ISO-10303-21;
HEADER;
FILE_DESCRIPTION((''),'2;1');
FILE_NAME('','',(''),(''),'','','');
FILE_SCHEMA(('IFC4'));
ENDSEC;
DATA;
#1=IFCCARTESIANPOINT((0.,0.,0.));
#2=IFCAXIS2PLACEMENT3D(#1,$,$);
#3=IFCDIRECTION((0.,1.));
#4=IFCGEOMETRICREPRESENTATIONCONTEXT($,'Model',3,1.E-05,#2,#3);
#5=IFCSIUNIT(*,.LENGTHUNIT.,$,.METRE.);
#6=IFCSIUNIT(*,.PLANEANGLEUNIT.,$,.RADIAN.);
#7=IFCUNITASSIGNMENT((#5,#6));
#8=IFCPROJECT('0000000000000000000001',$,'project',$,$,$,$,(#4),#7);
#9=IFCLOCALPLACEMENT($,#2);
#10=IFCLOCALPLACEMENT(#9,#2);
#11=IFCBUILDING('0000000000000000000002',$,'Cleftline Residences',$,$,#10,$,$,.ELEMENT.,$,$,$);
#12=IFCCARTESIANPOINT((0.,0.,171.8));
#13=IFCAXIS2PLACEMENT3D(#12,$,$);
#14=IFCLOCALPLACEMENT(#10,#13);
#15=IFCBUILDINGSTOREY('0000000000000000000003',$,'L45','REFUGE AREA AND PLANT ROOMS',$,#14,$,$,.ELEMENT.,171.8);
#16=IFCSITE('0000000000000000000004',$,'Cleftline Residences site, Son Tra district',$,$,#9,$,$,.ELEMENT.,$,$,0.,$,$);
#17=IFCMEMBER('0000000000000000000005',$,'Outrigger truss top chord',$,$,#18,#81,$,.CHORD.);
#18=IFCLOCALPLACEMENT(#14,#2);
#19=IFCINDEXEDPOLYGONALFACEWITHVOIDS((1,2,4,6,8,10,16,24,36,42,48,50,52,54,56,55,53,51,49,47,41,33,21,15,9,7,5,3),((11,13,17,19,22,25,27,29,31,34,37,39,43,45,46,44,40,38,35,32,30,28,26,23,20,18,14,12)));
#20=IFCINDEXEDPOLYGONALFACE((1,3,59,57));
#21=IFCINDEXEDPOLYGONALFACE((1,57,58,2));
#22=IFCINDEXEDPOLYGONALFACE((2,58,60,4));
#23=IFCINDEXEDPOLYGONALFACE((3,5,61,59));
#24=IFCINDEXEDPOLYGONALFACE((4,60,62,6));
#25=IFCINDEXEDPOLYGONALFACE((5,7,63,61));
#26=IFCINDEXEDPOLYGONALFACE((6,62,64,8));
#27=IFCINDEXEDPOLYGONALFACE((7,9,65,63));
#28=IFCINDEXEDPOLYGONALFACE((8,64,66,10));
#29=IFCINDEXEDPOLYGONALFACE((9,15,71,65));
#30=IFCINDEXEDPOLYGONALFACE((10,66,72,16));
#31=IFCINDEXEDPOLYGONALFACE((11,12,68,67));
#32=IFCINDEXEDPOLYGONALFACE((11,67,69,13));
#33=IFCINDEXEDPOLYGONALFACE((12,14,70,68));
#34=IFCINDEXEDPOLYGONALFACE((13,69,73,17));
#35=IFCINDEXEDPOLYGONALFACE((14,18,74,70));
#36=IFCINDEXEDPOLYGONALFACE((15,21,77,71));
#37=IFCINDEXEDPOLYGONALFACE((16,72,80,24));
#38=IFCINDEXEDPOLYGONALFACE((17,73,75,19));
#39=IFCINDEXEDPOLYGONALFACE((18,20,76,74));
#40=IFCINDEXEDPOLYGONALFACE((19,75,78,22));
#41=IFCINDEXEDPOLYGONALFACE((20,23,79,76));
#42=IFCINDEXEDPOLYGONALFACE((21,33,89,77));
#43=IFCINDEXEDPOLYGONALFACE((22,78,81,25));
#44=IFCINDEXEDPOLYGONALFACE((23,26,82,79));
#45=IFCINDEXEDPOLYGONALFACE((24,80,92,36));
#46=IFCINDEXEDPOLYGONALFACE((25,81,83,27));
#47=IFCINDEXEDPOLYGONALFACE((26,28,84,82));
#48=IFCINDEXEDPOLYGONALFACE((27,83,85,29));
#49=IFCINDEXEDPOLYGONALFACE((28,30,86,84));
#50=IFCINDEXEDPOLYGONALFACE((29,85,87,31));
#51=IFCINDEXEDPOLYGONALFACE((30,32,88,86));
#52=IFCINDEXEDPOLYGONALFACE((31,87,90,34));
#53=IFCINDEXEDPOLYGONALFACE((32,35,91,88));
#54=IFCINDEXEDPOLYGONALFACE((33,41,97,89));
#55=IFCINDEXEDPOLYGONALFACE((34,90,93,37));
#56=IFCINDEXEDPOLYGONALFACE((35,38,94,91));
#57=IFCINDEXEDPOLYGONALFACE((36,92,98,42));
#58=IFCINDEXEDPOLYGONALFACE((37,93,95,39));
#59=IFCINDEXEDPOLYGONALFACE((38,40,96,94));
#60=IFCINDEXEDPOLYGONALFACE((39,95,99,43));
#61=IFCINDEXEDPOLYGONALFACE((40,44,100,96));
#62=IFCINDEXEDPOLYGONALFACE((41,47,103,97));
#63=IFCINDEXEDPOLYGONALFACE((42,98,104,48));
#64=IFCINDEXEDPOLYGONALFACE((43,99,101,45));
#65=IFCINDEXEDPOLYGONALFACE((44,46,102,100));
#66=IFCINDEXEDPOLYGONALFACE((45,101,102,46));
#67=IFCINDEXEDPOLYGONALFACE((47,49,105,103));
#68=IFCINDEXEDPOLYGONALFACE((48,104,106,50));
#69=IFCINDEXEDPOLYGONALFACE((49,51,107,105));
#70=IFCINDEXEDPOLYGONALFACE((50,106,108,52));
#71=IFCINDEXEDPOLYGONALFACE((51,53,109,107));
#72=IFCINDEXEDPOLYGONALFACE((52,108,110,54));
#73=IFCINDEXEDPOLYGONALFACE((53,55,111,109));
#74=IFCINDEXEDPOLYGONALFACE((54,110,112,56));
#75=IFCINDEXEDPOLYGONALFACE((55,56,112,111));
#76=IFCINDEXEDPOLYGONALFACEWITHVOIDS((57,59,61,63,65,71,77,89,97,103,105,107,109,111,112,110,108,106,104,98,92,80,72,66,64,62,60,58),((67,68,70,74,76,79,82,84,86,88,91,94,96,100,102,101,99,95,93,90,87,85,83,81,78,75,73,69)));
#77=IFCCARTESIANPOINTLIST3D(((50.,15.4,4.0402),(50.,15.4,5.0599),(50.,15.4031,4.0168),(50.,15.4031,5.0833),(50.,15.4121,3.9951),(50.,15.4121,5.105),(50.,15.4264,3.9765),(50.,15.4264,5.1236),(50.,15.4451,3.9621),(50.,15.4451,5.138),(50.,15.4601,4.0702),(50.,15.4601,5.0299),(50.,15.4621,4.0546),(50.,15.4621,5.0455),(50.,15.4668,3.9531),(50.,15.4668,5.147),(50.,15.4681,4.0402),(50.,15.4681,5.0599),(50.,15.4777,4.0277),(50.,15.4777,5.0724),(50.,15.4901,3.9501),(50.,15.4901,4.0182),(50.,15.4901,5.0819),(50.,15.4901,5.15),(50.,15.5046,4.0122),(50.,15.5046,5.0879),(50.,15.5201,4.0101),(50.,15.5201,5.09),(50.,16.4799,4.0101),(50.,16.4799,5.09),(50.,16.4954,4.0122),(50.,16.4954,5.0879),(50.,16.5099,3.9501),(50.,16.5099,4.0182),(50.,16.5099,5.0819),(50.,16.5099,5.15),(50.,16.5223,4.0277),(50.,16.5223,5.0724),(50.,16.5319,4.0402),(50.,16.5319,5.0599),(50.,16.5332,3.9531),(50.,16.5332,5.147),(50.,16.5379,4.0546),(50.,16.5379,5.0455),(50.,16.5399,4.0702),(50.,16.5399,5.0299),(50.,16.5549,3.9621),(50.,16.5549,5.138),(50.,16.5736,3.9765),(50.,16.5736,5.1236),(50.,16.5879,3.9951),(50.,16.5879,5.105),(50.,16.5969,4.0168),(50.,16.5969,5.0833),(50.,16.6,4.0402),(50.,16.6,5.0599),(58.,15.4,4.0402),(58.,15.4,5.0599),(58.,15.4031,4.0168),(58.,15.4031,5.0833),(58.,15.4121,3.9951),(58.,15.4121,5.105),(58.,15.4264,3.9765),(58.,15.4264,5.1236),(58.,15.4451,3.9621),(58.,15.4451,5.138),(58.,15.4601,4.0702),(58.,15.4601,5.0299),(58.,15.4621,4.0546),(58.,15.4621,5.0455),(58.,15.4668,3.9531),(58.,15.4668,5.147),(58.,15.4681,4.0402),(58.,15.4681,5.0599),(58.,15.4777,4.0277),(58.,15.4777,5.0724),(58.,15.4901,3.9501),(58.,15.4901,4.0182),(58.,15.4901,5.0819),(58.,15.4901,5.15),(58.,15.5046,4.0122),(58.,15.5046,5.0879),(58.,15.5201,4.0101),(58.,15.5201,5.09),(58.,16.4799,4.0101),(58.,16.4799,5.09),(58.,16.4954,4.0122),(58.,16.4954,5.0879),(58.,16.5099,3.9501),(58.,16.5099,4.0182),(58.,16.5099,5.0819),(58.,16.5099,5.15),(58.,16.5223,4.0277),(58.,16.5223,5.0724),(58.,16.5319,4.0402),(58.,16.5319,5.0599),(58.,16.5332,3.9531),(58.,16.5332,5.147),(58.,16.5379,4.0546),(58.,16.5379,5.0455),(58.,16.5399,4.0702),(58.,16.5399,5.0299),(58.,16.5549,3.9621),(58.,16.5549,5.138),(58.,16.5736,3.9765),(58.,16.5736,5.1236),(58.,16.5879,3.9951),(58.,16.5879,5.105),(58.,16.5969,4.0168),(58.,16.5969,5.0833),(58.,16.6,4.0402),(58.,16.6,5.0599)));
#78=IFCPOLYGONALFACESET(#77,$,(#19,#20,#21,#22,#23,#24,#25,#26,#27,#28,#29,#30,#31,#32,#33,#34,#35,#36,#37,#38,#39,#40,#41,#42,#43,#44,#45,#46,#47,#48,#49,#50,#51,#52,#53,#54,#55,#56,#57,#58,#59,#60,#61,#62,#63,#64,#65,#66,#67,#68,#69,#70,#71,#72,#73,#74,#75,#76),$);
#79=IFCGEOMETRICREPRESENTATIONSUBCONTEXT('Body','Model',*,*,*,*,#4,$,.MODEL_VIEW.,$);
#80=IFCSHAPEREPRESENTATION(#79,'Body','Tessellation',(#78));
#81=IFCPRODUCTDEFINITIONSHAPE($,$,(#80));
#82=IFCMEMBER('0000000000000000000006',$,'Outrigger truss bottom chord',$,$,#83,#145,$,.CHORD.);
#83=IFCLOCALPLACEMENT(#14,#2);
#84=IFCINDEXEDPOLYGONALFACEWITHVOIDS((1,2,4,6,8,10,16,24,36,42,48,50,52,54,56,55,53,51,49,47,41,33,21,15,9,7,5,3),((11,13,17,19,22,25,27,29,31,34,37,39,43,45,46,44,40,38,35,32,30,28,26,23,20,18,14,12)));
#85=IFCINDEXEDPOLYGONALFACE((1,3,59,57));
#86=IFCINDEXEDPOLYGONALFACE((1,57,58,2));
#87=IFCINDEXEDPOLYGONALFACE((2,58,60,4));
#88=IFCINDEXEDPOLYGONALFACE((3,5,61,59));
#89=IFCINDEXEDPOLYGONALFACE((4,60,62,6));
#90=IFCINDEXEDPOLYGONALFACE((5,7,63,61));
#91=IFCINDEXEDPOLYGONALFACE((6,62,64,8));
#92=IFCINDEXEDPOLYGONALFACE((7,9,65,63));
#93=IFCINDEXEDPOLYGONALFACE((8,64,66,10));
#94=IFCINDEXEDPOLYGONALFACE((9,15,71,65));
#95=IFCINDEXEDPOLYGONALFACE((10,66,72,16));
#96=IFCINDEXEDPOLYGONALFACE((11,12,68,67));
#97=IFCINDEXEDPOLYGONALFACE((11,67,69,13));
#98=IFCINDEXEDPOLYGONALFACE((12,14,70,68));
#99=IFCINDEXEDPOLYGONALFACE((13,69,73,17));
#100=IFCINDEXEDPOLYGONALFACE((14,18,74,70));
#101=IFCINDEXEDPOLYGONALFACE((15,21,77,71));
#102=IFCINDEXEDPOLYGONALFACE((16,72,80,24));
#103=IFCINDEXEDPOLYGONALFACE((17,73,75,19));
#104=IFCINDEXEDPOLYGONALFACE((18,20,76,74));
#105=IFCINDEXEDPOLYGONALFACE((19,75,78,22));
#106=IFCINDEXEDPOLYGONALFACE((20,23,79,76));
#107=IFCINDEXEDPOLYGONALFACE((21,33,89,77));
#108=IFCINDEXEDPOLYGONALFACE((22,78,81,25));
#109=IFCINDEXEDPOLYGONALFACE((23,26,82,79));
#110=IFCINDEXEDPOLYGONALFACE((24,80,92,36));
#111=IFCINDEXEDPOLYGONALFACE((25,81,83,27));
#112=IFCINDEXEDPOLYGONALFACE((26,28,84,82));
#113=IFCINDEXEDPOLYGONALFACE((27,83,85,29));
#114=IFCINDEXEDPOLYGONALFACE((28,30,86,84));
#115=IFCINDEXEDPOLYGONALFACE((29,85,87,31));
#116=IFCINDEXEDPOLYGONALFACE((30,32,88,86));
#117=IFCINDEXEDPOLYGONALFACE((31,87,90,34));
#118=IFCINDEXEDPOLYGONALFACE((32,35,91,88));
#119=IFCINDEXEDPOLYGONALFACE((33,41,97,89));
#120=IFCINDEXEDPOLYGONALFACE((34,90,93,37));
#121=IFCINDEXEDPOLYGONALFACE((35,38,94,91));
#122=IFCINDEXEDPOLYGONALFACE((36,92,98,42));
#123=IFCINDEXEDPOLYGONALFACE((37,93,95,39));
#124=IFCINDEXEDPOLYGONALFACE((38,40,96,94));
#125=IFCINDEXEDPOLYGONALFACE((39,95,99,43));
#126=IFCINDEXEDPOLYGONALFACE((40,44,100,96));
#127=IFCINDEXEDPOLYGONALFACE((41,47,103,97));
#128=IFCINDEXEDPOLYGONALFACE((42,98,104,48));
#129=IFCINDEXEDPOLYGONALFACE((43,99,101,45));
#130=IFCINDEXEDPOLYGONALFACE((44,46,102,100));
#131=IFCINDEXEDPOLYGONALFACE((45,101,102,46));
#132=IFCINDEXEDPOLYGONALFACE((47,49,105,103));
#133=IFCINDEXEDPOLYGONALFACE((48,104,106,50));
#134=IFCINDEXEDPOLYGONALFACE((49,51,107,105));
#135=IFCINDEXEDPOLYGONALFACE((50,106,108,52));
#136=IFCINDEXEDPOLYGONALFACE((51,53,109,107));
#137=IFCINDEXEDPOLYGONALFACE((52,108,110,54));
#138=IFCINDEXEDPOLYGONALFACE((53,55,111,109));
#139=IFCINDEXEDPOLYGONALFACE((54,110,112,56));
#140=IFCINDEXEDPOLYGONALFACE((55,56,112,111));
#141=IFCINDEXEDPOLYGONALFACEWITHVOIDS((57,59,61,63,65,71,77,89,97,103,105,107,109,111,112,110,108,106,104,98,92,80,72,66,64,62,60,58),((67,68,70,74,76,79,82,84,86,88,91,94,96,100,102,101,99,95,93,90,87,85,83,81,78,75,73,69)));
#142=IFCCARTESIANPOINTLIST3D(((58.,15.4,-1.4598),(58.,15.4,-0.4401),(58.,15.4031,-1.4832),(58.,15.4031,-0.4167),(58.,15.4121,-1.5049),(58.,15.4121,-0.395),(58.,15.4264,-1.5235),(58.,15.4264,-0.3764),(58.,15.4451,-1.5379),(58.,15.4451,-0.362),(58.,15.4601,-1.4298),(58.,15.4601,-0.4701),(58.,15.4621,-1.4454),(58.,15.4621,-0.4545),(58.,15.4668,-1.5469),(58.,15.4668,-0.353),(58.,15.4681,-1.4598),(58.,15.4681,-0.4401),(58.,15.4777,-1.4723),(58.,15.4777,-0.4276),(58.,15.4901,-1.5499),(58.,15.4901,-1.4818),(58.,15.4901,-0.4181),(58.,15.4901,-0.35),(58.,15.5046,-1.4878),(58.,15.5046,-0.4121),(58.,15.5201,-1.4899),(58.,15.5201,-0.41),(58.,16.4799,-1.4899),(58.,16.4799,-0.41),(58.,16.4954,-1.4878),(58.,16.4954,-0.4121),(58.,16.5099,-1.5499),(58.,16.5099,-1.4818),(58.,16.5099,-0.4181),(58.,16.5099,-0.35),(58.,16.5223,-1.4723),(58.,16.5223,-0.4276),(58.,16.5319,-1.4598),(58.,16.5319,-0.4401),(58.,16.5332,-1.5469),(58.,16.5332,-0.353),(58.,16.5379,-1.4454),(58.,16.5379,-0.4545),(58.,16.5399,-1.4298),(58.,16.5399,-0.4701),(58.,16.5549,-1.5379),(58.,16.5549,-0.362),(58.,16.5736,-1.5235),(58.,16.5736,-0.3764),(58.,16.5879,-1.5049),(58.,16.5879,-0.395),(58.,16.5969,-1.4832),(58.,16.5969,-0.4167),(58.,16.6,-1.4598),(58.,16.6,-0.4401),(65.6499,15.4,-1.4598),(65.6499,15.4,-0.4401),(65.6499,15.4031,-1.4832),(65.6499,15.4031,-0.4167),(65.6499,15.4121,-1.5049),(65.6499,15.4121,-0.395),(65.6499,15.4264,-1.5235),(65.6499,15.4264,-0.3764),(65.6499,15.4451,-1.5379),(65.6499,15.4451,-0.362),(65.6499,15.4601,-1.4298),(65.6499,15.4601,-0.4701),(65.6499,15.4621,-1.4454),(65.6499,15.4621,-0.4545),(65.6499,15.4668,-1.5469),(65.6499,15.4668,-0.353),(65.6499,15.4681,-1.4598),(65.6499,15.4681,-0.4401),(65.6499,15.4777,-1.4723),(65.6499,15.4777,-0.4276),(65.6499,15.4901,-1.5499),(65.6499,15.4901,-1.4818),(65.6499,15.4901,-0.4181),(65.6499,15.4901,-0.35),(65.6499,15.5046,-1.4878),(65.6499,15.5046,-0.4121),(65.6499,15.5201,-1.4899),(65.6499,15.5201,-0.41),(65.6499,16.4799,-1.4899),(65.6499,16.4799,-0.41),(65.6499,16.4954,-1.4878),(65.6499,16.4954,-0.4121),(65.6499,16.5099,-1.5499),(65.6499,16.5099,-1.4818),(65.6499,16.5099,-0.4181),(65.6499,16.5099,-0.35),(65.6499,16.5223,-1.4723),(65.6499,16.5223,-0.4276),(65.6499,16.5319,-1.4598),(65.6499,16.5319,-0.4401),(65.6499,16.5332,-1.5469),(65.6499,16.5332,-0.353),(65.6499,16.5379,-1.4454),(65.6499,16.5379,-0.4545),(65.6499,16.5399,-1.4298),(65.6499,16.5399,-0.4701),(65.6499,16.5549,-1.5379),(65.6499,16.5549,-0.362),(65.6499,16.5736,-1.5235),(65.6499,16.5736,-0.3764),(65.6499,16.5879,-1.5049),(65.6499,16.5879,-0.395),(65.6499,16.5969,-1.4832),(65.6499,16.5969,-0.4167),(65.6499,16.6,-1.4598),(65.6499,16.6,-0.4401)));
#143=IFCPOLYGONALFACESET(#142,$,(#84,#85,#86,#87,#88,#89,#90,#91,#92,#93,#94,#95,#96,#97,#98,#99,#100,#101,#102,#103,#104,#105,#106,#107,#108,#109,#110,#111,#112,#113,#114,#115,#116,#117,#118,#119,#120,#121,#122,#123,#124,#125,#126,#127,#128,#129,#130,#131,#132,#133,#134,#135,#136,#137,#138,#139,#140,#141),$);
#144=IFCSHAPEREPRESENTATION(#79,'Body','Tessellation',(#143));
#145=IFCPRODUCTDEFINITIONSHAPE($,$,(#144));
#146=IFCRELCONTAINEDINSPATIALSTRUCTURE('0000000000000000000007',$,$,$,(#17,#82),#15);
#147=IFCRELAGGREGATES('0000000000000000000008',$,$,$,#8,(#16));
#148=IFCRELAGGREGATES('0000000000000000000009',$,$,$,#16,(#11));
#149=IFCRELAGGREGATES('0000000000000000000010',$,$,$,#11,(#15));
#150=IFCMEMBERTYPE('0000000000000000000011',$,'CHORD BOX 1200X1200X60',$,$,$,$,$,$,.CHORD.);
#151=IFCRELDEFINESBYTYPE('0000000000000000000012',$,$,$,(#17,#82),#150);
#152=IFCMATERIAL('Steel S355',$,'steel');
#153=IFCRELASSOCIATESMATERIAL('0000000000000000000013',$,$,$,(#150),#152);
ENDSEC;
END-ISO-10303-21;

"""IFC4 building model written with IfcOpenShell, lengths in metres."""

from ifc_helpers import new_model, si_unit, direction, frame, origin, origin_2d, place, context, subcontext, project, spatial, hollow_rectangle, extrude, material, material_profile, profile_set, type_object, element, save


model = new_model("IFC4")

# Units and contexts
model_context = context("Model", 3, precision=1e-05, world=origin(), true_north=direction((0.0, 1.0)))
body_context = subcontext(model_context, "Body", "Model", "MODEL_VIEW")
ifc_project = project(units=[si_unit("LENGTHUNIT", "METRE"), si_unit("PLANEANGLEUNIT", "RADIAN")], contexts=[model_context])

# Site, building, storey
site_placement = place(None, origin())
site = spatial("IfcSite", under=ifc_project, at=site_placement, Name="Cleftline Residences site, Son Tra district", CompositionType="ELEMENT", RefElevation=0.0)
building_placement = place(site_placement, origin())
building = spatial("IfcBuilding", under=site, at=building_placement, Name="Cleftline Residences", CompositionType="ELEMENT")
storey_placement = place(building_placement, frame((0.0, 0.0, 171.8)))
storey = spatial("IfcBuildingStorey", under=building, at=storey_placement, Name="L45", Description="REFUGE AREA AND PLANT ROOMS", CompositionType="ELEMENT", Elevation=171.8)

# Members
ifc_material_1 = material(Name="Steel S355", Category="steel")
ifc_material_profile_1 = material_profile(ifc_material_1, hollow_rectangle(XDim=1.2, YDim=1.2, WallThickness=0.0601, InnerFilletRadius=0.0601, OuterFilletRadius=0.0901, at=origin_2d()))
ifc_profile_set_1 = profile_set([ifc_material_profile_1], Name="Steel S355")
member_type_1 = type_object("IfcMemberType", Name="CHORD BOX 1200X1200X60", PredefinedType="CHORD", material=ifc_profile_set_1)
for number, where, z_axis, x_axis, name in (
    (1, (50.0, 16.0, 4.55), (1.0, 0.0, 0.0), (0.0, 1.0, 0.0), "Outrigger truss top chord"),
):
    element("IfcMember", number, at=place(storey_placement, frame(where, z_axis=z_axis, x_axis=x_axis)), inside=storey, type_object=member_type_1, Name=name, PredefinedType="CHORD", context=body_context, shape_type="SweptSolid", body=[
        extrude(hollow_rectangle(XDim=1.2, YDim=1.2, WallThickness=0.0601, InnerFilletRadius=0.0601, OuterFilletRadius=0.0901, at=origin_2d()), origin(), (0.0, 0.0, 1.0), 8.0),
    ])
for number, where, z_axis, x_axis, name in (
    (2, (58.0, 16.0, -0.95), (1.0, 0.0, 0.0), (0.0, 1.0, 0.0), "Outrigger truss bottom chord"),
):
    element("IfcMember", number, at=place(storey_placement, frame(where, z_axis=z_axis, x_axis=x_axis)), inside=storey, type_object=member_type_1, Name=name, PredefinedType="CHORD", context=body_context, shape_type="SweptSolid", body=[
        extrude(hollow_rectangle(XDim=1.2, YDim=1.2, WallThickness=0.0601, InnerFilletRadius=0.0601, OuterFilletRadius=0.0901, at=origin_2d()), origin(), (0.0, 0.0, 1.0), 7.6499),
    ])

save(model, "model.ifc")
